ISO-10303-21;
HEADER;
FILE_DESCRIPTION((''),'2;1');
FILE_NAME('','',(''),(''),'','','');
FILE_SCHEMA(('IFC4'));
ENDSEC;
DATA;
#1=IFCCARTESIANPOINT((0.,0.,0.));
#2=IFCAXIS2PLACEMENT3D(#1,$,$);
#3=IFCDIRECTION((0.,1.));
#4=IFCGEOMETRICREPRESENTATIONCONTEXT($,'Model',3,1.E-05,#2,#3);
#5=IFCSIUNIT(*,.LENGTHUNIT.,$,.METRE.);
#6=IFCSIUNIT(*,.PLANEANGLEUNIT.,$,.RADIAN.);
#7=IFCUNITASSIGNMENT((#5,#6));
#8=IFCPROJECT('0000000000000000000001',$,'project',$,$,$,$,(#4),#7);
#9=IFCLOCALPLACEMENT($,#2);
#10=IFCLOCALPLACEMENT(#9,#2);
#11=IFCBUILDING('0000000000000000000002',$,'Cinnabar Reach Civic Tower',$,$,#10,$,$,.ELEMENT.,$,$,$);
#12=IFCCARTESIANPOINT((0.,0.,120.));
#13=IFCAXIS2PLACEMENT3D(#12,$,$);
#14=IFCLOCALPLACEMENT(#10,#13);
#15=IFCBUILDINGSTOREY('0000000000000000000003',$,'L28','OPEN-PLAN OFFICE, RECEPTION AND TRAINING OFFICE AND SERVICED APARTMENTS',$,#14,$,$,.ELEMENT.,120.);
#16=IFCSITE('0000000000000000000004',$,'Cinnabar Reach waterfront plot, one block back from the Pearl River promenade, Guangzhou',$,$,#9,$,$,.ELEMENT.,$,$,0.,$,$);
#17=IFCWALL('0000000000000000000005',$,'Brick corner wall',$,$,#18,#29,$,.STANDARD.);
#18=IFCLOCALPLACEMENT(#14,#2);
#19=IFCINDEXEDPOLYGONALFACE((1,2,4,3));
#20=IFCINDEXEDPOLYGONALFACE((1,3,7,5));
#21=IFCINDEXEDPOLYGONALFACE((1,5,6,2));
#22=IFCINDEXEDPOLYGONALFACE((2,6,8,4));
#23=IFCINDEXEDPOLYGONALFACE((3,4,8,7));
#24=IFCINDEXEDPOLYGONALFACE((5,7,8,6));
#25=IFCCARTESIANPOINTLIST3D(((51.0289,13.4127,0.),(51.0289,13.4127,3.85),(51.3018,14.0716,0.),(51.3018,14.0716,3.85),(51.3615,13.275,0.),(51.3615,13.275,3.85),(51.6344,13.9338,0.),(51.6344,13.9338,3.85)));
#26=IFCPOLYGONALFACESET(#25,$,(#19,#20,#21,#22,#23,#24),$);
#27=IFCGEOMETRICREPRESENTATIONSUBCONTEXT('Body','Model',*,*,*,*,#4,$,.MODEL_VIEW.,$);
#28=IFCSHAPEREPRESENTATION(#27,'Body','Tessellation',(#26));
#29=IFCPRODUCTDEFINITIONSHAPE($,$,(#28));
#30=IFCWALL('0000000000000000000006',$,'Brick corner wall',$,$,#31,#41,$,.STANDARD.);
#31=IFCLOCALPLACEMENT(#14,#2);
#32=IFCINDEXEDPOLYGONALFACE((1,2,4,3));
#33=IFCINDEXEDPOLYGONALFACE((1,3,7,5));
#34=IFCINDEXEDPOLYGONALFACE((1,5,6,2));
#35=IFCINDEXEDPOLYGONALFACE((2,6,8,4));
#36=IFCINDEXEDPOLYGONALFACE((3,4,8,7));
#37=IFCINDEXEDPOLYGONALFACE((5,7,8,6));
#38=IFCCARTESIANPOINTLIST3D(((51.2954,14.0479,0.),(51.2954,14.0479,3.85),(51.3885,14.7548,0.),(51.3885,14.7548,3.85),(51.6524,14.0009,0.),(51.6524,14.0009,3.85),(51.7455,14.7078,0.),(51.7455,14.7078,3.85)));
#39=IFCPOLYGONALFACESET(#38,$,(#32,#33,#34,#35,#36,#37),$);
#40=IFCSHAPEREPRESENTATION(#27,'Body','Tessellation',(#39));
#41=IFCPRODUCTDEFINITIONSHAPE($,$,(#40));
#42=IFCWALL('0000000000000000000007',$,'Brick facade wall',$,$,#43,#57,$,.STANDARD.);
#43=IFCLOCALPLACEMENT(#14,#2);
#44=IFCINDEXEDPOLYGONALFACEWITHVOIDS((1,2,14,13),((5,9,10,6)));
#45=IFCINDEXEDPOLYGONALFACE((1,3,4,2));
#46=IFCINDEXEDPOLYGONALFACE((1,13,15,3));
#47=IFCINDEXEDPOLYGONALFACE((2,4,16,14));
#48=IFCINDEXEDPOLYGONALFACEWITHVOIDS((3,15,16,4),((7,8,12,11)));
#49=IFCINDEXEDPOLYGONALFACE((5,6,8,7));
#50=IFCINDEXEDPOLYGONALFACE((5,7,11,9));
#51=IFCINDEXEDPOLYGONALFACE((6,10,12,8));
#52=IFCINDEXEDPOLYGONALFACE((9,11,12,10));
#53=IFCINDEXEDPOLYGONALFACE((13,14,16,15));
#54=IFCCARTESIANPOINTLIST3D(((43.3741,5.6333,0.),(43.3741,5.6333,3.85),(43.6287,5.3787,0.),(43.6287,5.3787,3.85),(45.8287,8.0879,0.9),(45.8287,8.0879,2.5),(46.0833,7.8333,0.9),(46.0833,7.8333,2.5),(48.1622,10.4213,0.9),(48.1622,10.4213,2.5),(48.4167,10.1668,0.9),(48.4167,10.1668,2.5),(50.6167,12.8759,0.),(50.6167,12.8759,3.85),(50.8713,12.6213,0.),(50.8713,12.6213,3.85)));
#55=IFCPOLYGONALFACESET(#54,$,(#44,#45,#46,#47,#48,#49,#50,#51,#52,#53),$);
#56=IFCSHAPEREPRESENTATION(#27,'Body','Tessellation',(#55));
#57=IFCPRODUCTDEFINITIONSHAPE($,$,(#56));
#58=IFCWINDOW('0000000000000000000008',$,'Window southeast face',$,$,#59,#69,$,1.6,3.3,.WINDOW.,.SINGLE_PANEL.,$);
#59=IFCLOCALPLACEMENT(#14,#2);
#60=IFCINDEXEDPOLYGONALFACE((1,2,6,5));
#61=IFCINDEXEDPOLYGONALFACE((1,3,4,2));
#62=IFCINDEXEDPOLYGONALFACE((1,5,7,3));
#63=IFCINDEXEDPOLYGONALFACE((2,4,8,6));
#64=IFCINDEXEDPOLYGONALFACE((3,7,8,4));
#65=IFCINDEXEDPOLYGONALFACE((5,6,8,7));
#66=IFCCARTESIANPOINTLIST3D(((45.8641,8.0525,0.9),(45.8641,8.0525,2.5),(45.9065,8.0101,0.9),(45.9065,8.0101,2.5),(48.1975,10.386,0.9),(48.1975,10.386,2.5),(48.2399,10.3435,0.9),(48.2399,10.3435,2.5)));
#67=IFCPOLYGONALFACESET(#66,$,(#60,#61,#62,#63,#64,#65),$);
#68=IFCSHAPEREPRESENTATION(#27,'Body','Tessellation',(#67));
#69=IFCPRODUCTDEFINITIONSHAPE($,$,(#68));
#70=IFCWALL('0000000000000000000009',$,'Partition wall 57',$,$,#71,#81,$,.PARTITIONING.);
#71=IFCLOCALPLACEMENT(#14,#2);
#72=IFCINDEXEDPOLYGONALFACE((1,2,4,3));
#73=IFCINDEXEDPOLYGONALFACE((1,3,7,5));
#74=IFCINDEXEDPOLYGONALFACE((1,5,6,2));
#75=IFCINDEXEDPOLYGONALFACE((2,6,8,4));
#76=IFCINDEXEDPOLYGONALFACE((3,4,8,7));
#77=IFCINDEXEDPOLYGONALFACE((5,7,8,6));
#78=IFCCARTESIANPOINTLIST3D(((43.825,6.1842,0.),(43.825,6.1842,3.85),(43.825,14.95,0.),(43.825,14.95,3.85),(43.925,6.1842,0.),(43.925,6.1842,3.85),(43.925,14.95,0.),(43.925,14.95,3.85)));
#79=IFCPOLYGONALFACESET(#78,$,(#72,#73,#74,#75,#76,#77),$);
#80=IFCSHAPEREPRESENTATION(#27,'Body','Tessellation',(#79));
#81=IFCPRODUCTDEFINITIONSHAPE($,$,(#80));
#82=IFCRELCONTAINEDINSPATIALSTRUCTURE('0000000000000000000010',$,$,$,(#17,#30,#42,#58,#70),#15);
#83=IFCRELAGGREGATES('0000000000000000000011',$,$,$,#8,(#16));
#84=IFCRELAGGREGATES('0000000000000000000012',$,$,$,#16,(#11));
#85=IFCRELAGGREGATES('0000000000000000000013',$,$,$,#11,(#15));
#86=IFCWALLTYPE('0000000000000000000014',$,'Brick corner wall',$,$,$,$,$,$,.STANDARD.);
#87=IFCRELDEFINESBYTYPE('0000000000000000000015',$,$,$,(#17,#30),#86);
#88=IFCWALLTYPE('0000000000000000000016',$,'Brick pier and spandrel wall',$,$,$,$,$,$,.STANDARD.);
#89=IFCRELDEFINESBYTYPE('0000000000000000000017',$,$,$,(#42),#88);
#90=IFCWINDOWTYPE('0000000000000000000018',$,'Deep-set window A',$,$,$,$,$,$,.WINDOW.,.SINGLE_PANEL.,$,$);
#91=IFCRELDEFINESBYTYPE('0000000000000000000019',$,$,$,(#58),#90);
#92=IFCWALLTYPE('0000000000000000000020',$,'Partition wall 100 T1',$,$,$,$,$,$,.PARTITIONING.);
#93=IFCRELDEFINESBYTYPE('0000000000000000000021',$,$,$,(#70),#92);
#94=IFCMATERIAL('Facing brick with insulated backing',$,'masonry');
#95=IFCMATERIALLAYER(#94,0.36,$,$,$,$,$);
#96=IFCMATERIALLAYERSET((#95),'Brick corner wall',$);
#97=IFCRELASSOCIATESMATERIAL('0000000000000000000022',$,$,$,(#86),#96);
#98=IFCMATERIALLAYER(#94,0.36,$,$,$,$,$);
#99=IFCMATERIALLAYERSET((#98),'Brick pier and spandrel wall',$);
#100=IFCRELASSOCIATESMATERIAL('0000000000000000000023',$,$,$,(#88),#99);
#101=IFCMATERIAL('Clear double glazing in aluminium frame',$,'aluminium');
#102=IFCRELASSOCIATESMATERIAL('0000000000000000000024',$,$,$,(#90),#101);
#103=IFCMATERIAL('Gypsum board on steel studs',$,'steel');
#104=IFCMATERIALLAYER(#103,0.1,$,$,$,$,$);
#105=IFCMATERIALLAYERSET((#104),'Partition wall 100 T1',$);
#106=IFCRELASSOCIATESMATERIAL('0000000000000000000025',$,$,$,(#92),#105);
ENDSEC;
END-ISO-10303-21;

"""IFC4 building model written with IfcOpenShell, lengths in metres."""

from ifc_helpers import new_model, si_unit, direction, frame, frame_2d, origin, place, context, subcontext, project, spatial, rectangle, extrude, material, layer, layer_set, type_object, element, fill, save


model = new_model("IFC4")

# Units and contexts
model_context = context("Model", 3, precision=1e-05, world=origin(), true_north=direction((0.0, 1.0)))
body_context = subcontext(model_context, "Body", "Model", "MODEL_VIEW")
ifc_project = project(units=[si_unit("LENGTHUNIT", "METRE"), si_unit("PLANEANGLEUNIT", "RADIAN")], contexts=[model_context])

# Site, building, storey
site_placement = place(None, origin())
site = spatial("IfcSite", under=ifc_project, at=site_placement, Name="Cinnabar Reach waterfront plot, one block back from the Pearl River promenade, Guangzhou", CompositionType="ELEMENT", RefElevation=0.0)
building_placement = place(site_placement, origin())
building = spatial("IfcBuilding", under=site, at=building_placement, Name="Cinnabar Reach Civic Tower", CompositionType="ELEMENT")
storey_placement = place(building_placement, frame((0.0, 0.0, 120.0)))
storey = spatial("IfcBuildingStorey", under=building, at=storey_placement, Name="L28", Description="OPEN-PLAN OFFICE, RECEPTION AND TRAINING OFFICE AND SERVICED APARTMENTS", CompositionType="ELEMENT", Elevation=120.0)

# Walls
ifc_material_1 = material(Name="Facing brick with insulated backing", Category="masonry")
ifc_layer_1 = layer(ifc_material_1, 0.36)
ifc_layer_set_1 = layer_set([ifc_layer_1], Name="Brick corner wall")
wall_type_1 = type_object("IfcWallType", Name="Brick corner wall", PredefinedType="STANDARD", material=ifc_layer_set_1)
for number, where, z_axis, x_axis, name in (
    (1, (51.1952, 13.3439, 0.0), (0.0, 0.0, 1.0), (0.382703, 0.923872, 0.0), "Brick corner wall"),
    (2, (51.4739, 14.0244, 0.0), (0.0, 0.0, 1.0), (0.130556, 0.991441, 0.0), "Brick corner wall"),
):
    element("IfcWall", number, at=place(storey_placement, frame(where, z_axis=z_axis, x_axis=x_axis)), inside=storey, type_object=wall_type_1, Name=name, PredefinedType="STANDARD", context=body_context, shape_type="SweptSolid", body=[
        extrude(rectangle(XDim=0.7131, YDim=0.36, at=frame_2d((0.3565, 0.0))), origin(), (0.0, 0.0, 1.0), 3.85),
    ])

# Wall, opening, window
ifc_layer_2 = layer(ifc_material_1, 0.36)
ifc_layer_set_2 = layer_set([ifc_layer_2], Name="Brick pier and spandrel wall")
wall_type_2 = type_object("IfcWallType", Name="Brick pier and spandrel wall", PredefinedType="STANDARD", material=ifc_layer_set_2)
wall_1_placement = place(storey_placement, frame((43.5014, 5.506, 0.0), z_axis=(0.0, 0.0, 1.0), x_axis=(0.707107, 0.707107, 0.0)))
wall_1 = element("IfcWall", 3, at=wall_1_placement, inside=storey, type_object=wall_type_2, Name="Brick facade wall", PredefinedType="STANDARD", context=body_context, shape_type="SweptSolid", body=[
    extrude(rectangle(XDim=10.2426, YDim=0.36, at=frame_2d((5.1213, 0.0))), origin(), (0.0, 0.0, 1.0), 3.85),
])
opening_placement = place(wall_1_placement, frame((3.4713, 0.0, 0.9)))
opening = element("IfcOpeningElement", 4, at=opening_placement, cuts=wall_1, PredefinedType="OPENING", context=body_context, shape_type="SweptSolid", body=[
    extrude(rectangle(XDim=3.3, YDim=1.6, at=frame_2d((1.65, 0.8))), frame((0.0, 0.19, 0.0), z_axis=(0.0, -1.0, 0.0), x_axis=(1.0, 0.0, 0.0)), (0.0, 0.0, 1.0), 0.38),
])
ifc_material_2 = material(Name="Clear double glazing in aluminium frame", Category="aluminium")
window_type = type_object("IfcWindowType", Name="Deep-set window A", PartitioningType="SINGLE_PANEL", PredefinedType="WINDOW", material=ifc_material_2)
window_placement = place(opening_placement, origin())
window = element("IfcWindow", 5, at=window_placement, inside=storey, type_object=window_type, Name="Window southeast face", OverallHeight=1.6, OverallWidth=3.3, PartitioningType="SINGLE_PANEL", PredefinedType="WINDOW", context=body_context, shape_type="SweptSolid", body=[
    extrude(rectangle(XDim=3.3, YDim=1.6, at=frame_2d((1.65, 0.8))), frame((0.0, 0.13, 0.0), z_axis=(0.0, -1.0, 0.0), x_axis=(1.0, 0.0, 0.0)), (0.0, 0.0, 1.0), 0.06),
])
fill(opening, window)

# Wall
ifc_material_3 = material(Name="Gypsum board on steel studs", Category="steel")
ifc_layer_3 = layer(ifc_material_3, 0.1)
ifc_layer_set_3 = layer_set([ifc_layer_3], Name="Partition wall 100 T1")
wall_type_3 = type_object("IfcWallType", Name="Partition wall 100 T1", PredefinedType="PARTITIONING", material=ifc_layer_set_3)
wall_2_placement = place(storey_placement, frame((43.875, 6.1841, 0.0), z_axis=(0.0, 0.0, 1.0), x_axis=(0.0, 1.0, 0.0)))
element("IfcWall", 6, at=wall_2_placement, inside=storey, type_object=wall_type_3, Name="Partition wall 57", PredefinedType="PARTITIONING", context=body_context, shape_type="SweptSolid", body=[
    extrude(rectangle(XDim=8.7659, YDim=0.1, at=frame_2d((4.383, 0.0))), origin(), (0.0, 0.0, 1.0), 3.85),
])

save(model, "model.ifc")
